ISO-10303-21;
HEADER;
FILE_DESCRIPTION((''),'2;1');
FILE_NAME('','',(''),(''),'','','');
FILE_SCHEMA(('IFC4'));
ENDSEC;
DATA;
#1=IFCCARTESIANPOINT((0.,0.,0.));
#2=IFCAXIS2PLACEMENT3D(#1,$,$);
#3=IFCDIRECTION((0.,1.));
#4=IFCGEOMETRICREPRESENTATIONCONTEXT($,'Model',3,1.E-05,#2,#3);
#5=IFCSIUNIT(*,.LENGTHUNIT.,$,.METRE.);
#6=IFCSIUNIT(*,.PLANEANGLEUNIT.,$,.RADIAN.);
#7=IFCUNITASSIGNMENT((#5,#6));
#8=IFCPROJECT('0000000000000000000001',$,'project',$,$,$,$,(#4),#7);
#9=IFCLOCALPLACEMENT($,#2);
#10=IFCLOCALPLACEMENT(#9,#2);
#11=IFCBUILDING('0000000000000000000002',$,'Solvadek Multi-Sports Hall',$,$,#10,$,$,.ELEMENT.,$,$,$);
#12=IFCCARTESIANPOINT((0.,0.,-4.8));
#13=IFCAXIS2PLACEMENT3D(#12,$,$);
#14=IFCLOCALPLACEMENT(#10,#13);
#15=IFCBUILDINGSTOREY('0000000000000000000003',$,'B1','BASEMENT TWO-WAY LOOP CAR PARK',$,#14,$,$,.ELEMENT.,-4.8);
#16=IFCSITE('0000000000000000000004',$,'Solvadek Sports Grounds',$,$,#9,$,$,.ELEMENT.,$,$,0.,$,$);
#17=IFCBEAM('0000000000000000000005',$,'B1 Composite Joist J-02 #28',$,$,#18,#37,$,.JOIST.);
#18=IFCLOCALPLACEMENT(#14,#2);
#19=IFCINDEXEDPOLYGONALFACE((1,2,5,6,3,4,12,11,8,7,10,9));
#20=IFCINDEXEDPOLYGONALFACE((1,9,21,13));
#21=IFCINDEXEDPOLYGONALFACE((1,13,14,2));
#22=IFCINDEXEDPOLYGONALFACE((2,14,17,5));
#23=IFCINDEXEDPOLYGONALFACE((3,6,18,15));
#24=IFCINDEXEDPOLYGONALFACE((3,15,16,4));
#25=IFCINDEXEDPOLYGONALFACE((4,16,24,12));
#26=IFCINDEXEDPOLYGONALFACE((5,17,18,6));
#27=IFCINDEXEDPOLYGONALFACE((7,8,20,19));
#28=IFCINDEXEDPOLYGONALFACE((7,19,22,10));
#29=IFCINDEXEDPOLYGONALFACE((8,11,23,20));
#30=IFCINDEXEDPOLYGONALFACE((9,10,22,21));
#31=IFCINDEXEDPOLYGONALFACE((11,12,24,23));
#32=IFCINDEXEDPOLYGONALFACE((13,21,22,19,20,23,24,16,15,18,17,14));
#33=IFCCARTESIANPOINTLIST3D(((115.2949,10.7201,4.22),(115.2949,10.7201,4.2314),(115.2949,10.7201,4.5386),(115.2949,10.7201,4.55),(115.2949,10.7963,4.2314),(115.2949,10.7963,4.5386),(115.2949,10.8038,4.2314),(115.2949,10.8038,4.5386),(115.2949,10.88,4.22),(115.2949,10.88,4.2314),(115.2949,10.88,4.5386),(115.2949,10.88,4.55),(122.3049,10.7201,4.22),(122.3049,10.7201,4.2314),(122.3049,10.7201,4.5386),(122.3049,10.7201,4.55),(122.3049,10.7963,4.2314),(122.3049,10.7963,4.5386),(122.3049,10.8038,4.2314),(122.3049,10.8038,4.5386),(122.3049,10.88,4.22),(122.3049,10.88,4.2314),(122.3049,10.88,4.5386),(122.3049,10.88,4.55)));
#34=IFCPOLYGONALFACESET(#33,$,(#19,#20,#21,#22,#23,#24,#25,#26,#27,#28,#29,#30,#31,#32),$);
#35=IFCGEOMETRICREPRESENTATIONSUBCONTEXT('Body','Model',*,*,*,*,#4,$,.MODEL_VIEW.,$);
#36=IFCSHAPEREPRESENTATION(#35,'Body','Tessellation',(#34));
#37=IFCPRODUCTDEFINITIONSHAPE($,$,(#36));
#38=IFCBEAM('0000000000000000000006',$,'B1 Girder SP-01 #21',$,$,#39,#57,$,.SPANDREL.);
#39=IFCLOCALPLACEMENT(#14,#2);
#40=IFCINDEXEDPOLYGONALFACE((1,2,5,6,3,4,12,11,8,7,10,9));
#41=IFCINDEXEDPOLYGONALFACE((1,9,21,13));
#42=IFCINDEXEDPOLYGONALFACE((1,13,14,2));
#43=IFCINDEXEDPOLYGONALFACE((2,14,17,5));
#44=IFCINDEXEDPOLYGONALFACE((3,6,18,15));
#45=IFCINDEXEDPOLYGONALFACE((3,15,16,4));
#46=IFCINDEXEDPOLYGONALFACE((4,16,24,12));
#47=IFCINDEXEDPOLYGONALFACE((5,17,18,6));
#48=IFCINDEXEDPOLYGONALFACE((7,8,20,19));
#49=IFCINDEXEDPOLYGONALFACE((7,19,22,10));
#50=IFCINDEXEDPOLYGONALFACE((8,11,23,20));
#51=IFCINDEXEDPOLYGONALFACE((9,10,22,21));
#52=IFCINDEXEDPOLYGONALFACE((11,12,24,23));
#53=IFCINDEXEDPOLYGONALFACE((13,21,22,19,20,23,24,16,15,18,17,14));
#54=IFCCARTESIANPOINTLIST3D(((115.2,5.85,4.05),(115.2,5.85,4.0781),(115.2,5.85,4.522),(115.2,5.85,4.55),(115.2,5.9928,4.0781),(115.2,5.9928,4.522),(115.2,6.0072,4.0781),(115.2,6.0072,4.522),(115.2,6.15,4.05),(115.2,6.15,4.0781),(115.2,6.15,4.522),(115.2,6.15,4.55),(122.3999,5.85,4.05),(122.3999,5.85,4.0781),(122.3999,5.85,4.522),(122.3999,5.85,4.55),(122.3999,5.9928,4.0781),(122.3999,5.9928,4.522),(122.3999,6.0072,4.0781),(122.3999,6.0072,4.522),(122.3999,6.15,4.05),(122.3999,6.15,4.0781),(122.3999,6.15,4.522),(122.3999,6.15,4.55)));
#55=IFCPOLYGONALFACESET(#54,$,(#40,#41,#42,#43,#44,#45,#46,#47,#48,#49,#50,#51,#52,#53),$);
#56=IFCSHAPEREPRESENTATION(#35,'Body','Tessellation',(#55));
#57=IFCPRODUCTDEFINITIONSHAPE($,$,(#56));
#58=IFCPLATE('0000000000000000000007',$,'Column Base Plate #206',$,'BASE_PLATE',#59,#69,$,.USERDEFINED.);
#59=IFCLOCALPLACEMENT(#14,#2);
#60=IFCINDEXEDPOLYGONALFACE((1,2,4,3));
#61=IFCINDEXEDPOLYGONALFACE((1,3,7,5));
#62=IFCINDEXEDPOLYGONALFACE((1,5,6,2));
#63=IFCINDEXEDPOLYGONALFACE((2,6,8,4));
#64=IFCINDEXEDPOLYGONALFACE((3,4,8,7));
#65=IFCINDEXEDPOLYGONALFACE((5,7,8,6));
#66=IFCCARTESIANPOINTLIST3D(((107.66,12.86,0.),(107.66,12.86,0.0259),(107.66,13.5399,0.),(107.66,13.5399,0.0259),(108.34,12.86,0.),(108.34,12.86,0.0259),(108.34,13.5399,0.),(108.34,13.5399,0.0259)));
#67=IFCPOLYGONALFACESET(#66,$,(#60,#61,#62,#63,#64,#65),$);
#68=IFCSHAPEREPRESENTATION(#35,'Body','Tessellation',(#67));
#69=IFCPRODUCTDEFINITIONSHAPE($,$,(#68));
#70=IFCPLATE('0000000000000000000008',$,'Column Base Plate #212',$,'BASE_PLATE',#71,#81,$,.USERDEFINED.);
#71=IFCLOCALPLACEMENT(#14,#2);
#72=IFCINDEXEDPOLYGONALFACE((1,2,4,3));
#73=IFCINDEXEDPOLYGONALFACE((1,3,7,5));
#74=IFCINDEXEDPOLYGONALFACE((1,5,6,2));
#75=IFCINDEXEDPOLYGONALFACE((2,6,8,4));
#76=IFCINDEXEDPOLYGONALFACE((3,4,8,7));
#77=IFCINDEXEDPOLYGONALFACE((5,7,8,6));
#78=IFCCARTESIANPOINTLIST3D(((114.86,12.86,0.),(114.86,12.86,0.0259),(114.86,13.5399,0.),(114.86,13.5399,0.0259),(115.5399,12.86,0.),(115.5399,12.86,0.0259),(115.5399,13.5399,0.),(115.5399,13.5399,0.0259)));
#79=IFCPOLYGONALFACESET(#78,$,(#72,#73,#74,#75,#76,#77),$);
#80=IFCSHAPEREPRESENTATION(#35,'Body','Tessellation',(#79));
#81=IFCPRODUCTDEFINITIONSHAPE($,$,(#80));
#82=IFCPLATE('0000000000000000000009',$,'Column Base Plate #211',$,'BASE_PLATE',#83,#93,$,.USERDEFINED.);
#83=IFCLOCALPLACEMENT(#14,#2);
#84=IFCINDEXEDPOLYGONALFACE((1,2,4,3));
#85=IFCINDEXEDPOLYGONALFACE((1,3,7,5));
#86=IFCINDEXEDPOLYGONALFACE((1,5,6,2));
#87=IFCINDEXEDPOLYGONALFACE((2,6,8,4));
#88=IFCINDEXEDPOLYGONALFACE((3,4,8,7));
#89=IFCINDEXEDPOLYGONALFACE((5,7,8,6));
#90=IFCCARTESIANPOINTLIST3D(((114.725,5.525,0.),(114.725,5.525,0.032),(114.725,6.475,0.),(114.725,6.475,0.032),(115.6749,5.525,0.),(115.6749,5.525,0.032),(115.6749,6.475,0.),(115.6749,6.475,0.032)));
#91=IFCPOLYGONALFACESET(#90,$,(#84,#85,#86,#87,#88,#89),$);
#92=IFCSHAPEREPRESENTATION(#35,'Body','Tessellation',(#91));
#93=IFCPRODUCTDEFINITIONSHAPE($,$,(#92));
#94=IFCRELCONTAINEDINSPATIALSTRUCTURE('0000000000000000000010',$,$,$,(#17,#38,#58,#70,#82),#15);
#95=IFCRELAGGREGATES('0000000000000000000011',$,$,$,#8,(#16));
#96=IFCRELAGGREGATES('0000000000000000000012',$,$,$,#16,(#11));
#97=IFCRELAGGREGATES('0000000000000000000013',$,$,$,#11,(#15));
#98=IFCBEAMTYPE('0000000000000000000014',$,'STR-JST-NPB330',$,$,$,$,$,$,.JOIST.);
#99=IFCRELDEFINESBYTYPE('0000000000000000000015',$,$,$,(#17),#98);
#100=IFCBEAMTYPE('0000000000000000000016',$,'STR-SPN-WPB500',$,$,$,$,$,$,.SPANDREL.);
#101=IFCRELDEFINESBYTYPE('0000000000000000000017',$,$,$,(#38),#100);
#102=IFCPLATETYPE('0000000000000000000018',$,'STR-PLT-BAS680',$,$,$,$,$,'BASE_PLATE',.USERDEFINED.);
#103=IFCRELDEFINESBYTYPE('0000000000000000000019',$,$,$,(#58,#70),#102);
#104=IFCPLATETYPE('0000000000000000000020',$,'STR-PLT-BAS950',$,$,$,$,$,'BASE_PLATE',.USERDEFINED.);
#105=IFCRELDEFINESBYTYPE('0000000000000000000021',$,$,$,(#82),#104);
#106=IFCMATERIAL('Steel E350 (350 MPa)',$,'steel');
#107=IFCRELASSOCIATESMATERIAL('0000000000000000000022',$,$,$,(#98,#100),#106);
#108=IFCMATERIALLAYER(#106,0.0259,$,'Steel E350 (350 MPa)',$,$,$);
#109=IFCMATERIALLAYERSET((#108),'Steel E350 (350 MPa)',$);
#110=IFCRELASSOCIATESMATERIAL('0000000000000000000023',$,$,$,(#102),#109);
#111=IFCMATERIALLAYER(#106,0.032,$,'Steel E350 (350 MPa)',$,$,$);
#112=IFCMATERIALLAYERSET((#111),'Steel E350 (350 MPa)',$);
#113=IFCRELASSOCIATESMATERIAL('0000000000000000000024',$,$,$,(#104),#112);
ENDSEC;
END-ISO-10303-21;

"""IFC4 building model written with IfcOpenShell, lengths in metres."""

from ifc_helpers import new_model, si_unit, direction, frame, origin, origin_2d, place, context, subcontext, project, spatial, rectangle, i_section, extrude, material, layer, layer_set, material_profile, profile_set, type_object, element, save


model = new_model("IFC4")

# Units and contexts
model_context = context("Model", 3, precision=1e-05, world=origin(), true_north=direction((0.0, 1.0)))
body_context = subcontext(model_context, "Body", "Model", "MODEL_VIEW")
ifc_project = project(units=[si_unit("LENGTHUNIT", "METRE"), si_unit("PLANEANGLEUNIT", "RADIAN")], contexts=[model_context])

# Site, building, storey
site_placement = place(None, origin())
site = spatial("IfcSite", under=ifc_project, at=site_placement, Name="Solvadek Sports Grounds", CompositionType="ELEMENT", RefElevation=0.0)
building_placement = place(site_placement, origin())
building = spatial("IfcBuilding", under=site, at=building_placement, Name="Solvadek Multi-Sports Hall", CompositionType="ELEMENT")
storey_placement = place(building_placement, frame((0.0, 0.0, -4.8)))
storey = spatial("IfcBuildingStorey", under=building, at=storey_placement, Name="B1", Description="BASEMENT TWO-WAY LOOP CAR PARK", CompositionType="ELEMENT", Elevation=-4.8)

# Shared definitions
ifc_material_1 = material(Name="Steel E350 (350 MPa)", Category="steel")

# Beams
ifc_material_profile_1 = material_profile(ifc_material_1, i_section(OverallWidth=0.1599, OverallDepth=0.3301, WebThickness=0.0076, FlangeThickness=0.0115, at=origin_2d()), Name="NPB 330")
ifc_profile_set_1 = profile_set([ifc_material_profile_1], Name="Steel E350 (350 MPa)")
beam_type_1 = type_object("IfcBeamType", Name="STR-JST-NPB330", PredefinedType="JOIST", material=ifc_profile_set_1)
for number, where, z_axis, x_axis, name in (
    (1, (115.2949, 10.8, 4.385), (1.0, 0.0, 0.0), (0.0, 1.0, 0.0), "B1 Composite Joist J-02 #28"),
):
    element("IfcBeam", number, at=place(storey_placement, frame(where, z_axis=z_axis, x_axis=x_axis)), inside=storey, type_object=beam_type_1, Name=name, PredefinedType="JOIST", context=body_context, shape_type="SweptSolid", body=[
        extrude(i_section(OverallWidth=0.1599, OverallDepth=0.3301, WebThickness=0.0076, FlangeThickness=0.0115, at=origin_2d()), origin(), (0.0, 0.0, 1.0), 7.01),
    ])
ifc_material_profile_2 = material_profile(ifc_material_1, i_section(OverallWidth=0.3, OverallDepth=0.5, WebThickness=0.0144, FlangeThickness=0.0281, at=origin_2d()), Name="WPB 500")
ifc_profile_set_2 = profile_set([ifc_material_profile_2], Name="Steel E350 (350 MPa)")
beam_type_2 = type_object("IfcBeamType", Name="STR-SPN-WPB500", PredefinedType="SPANDREL", material=ifc_profile_set_2)
beam_placement = place(storey_placement, frame((115.2, 6.0, 4.3), z_axis=(1.0, 0.0, 0.0), x_axis=(0.0, 1.0, 0.0)))
element("IfcBeam", 2, at=beam_placement, inside=storey, type_object=beam_type_2, Name="B1 Girder SP-01 #21", PredefinedType="SPANDREL", context=body_context, shape_type="SweptSolid", body=[
    extrude(i_section(OverallWidth=0.3, OverallDepth=0.5, WebThickness=0.0144, FlangeThickness=0.0281, at=origin_2d()), origin(), (0.0, 0.0, 1.0), 7.2),
])

# Plates
ifc_layer_1 = layer(ifc_material_1, 0.0259, Name="Steel E350 (350 MPa)")
ifc_layer_set_1 = layer_set([ifc_layer_1], Name="Steel E350 (350 MPa)")
plate_type_1 = type_object("IfcPlateType", Name="STR-PLT-BAS680", ElementType="BASE_PLATE", PredefinedType="USERDEFINED", material=ifc_layer_set_1)
for number, where, z_axis, x_axis, name in (
    (3, (108.0, 13.2, 0.0), (0.0, 0.0, 1.0), (1.0, 0.0, 0.0), "Column Base Plate #206"),
    (4, (115.2, 13.2, 0.0), (0.0, 0.0, 1.0), (1.0, 0.0, 0.0), "Column Base Plate #212"),
):
    element("IfcPlate", number, at=place(storey_placement, frame(where, z_axis=z_axis, x_axis=x_axis)), inside=storey, type_object=plate_type_1, Name=name, ObjectType="BASE_PLATE", PredefinedType="USERDEFINED", context=body_context, shape_type="SweptSolid", body=[
        extrude(rectangle(XDim=0.6799, YDim=0.6799, at=origin_2d()), origin(), (0.0, 0.0, 1.0), 0.0259),
    ])
ifc_layer_2 = layer(ifc_material_1, 0.032, Name="Steel E350 (350 MPa)")
ifc_layer_set_2 = layer_set([ifc_layer_2], Name="Steel E350 (350 MPa)")
plate_type_2 = type_object("IfcPlateType", Name="STR-PLT-BAS950", ElementType="BASE_PLATE", PredefinedType="USERDEFINED", material=ifc_layer_set_2)
plate_placement = place(storey_placement, frame((115.2, 6.0, 0.0), z_axis=(0.0, 0.0, 1.0), x_axis=(1.0, 0.0, 0.0)))
element("IfcPlate", 5, at=plate_placement, inside=storey, type_object=plate_type_2, Name="Column Base Plate #211", ObjectType="BASE_PLATE", PredefinedType="USERDEFINED", context=body_context, shape_type="SweptSolid", body=[
    extrude(rectangle(XDim=0.95, YDim=0.95, at=origin_2d()), origin(), (0.0, 0.0, 1.0), 0.032),
])

save(model, "model.ifc")
